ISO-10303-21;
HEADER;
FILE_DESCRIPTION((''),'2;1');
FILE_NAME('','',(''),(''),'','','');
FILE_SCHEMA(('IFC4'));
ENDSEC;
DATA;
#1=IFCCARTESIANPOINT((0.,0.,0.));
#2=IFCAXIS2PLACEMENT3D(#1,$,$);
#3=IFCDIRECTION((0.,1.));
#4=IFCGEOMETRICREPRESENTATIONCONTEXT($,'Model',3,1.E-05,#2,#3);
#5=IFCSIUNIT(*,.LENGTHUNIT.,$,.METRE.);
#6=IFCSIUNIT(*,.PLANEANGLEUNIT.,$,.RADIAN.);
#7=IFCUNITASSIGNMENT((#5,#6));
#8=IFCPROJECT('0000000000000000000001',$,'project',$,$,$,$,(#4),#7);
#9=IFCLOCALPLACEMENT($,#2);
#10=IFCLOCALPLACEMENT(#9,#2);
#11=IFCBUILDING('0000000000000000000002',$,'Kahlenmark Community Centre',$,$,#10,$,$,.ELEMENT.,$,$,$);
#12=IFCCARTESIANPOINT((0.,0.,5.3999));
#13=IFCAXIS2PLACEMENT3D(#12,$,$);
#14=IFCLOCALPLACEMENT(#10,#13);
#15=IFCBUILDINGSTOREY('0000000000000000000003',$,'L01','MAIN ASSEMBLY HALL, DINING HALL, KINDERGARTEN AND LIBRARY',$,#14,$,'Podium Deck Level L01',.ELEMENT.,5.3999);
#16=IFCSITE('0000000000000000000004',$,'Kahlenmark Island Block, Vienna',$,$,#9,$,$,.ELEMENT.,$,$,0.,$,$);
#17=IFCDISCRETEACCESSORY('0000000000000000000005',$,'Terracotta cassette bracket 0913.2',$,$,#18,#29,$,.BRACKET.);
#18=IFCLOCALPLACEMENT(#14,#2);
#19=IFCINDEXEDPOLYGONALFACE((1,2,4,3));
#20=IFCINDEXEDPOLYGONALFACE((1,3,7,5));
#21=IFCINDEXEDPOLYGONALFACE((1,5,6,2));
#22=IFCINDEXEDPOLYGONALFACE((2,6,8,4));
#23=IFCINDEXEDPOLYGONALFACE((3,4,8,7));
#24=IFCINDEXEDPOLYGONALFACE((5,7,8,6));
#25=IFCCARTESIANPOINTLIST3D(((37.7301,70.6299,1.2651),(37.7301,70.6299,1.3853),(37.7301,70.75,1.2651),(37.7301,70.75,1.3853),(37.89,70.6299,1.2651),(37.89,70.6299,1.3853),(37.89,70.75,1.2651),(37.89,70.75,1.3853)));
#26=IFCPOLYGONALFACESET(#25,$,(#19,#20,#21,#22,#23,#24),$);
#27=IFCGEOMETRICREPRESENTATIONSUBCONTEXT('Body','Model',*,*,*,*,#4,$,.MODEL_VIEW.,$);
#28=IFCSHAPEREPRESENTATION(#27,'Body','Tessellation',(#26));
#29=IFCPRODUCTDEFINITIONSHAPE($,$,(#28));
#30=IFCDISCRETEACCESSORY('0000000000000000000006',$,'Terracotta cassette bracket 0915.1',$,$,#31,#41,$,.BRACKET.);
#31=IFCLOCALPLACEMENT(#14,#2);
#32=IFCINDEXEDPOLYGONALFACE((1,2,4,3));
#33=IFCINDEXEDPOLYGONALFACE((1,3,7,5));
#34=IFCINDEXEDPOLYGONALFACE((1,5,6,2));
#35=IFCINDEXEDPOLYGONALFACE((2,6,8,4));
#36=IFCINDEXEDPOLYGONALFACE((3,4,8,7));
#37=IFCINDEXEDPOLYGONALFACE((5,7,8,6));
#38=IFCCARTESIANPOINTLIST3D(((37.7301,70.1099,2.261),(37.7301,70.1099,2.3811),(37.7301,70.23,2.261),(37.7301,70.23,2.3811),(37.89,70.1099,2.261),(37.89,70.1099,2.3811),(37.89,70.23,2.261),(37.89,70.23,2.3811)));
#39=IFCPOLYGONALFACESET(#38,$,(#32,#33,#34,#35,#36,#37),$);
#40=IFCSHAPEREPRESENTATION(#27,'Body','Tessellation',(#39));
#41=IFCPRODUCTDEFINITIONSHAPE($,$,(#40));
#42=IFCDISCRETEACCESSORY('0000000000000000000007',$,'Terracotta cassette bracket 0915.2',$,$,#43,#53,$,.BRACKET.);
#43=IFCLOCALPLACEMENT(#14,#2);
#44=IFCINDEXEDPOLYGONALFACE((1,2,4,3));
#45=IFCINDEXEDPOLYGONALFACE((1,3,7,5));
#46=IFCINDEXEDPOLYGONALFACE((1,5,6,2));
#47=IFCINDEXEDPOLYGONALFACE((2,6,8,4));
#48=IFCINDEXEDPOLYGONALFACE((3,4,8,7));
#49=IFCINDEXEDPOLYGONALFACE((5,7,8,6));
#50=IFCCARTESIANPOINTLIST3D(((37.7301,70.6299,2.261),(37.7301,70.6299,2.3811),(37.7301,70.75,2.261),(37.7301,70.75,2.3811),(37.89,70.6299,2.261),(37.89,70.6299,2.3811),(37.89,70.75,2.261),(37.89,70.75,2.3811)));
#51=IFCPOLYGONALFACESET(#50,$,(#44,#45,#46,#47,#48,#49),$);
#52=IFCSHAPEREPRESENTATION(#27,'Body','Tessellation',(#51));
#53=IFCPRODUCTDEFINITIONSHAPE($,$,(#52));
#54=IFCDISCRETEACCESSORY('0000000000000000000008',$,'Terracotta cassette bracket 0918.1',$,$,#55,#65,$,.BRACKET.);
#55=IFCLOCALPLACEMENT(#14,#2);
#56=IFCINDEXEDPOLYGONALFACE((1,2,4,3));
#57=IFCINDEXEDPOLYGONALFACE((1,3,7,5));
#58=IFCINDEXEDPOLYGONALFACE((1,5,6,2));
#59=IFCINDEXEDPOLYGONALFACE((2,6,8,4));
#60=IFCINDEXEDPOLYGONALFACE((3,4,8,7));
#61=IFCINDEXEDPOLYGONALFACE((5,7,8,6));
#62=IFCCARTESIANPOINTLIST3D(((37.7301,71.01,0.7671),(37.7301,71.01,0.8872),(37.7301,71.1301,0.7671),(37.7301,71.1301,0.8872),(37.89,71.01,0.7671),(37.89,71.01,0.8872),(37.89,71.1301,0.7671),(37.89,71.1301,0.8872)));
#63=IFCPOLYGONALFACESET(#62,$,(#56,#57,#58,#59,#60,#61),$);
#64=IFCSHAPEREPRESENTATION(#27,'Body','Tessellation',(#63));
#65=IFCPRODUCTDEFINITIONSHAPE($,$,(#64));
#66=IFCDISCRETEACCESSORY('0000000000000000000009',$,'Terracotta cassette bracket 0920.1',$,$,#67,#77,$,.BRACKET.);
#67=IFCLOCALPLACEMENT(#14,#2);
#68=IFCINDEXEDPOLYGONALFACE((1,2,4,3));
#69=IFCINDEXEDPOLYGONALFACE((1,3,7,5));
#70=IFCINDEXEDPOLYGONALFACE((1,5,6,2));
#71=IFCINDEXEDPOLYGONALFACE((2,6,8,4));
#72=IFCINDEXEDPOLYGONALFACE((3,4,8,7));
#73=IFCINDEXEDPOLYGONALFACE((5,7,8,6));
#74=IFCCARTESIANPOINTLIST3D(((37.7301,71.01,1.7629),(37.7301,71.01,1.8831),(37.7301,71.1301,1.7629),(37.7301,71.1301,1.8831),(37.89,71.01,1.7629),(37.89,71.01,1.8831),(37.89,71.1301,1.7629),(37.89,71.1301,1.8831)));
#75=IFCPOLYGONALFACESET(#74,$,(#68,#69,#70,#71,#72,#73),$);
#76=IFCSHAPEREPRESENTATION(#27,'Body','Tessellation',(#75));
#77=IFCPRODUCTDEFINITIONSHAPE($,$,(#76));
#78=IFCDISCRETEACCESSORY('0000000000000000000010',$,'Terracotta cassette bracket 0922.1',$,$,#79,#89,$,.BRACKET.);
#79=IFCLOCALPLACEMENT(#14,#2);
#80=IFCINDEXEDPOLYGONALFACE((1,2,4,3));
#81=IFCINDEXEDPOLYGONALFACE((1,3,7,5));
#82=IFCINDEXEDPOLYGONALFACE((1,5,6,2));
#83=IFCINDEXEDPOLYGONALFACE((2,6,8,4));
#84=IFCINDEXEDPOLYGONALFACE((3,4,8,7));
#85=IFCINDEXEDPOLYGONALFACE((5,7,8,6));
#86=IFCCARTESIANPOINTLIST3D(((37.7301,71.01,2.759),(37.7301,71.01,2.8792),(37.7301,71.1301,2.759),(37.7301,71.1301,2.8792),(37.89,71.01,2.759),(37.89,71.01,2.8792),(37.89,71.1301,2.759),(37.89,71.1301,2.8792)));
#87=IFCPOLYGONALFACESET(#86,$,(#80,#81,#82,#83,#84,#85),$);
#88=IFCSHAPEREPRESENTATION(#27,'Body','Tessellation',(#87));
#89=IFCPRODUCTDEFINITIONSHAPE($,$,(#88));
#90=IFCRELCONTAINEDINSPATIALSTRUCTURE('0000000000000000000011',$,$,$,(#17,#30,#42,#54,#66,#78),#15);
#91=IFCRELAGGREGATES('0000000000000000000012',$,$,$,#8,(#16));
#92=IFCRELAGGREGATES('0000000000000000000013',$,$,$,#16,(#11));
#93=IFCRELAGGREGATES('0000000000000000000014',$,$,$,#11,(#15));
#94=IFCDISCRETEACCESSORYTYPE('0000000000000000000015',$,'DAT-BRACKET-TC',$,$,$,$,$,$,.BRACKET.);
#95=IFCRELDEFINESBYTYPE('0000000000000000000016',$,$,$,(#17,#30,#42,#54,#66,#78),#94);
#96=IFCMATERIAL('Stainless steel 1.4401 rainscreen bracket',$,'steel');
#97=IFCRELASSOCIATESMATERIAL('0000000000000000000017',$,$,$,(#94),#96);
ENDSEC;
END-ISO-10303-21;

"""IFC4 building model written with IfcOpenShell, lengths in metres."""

from ifc_helpers import new_model, si_unit, direction, frame, origin, origin_2d, place, context, subcontext, project, spatial, rectangle, extrude, material, type_object, element, save


model = new_model("IFC4")

# Units and contexts
model_context = context("Model", 3, precision=1e-05, world=origin(), true_north=direction((0.0, 1.0)))
body_context = subcontext(model_context, "Body", "Model", "MODEL_VIEW")
ifc_project = project(units=[si_unit("LENGTHUNIT", "METRE"), si_unit("PLANEANGLEUNIT", "RADIAN")], contexts=[model_context])

# Site, building, storey
site_placement = place(None, origin())
site = spatial("IfcSite", under=ifc_project, at=site_placement, Name="Kahlenmark Island Block, Vienna", CompositionType="ELEMENT", RefElevation=0.0)
building_placement = place(site_placement, origin())
building = spatial("IfcBuilding", under=site, at=building_placement, Name="Kahlenmark Community Centre", CompositionType="ELEMENT")
storey_placement = place(building_placement, frame((0.0, 0.0, 5.3999)))
storey = spatial("IfcBuildingStorey", under=building, at=storey_placement, Name="L01", Description="MAIN ASSEMBLY HALL, DINING HALL, KINDERGARTEN AND LIBRARY", LongName="Podium Deck Level L01", CompositionType="ELEMENT", Elevation=5.3999)

# Discrete accessories
ifc_material_1 = material(Name="Stainless steel 1.4401 rainscreen bracket", Category="steel")
discrete_accessory_type = type_object("IfcDiscreteAccessoryType", Name="DAT-BRACKET-TC", PredefinedType="BRACKET", material=ifc_material_1)
for number, where, z_axis, x_axis, name in (
    (1, (37.8101, 70.6899, 1.2651), (0.0, 0.0, 1.0), (0.0, 1.0, 0.0), "Terracotta cassette bracket 0913.2"),
    (2, (37.8101, 70.1699, 2.261), (0.0, 0.0, 1.0), (0.0, 1.0, 0.0), "Terracotta cassette bracket 0915.1"),
    (3, (37.8101, 70.6899, 2.261), (0.0, 0.0, 1.0), (0.0, 1.0, 0.0), "Terracotta cassette bracket 0915.2"),
    (4, (37.8101, 71.0701, 0.7671), (0.0, 0.0, 1.0), (0.0, 1.0, 0.0), "Terracotta cassette bracket 0918.1"),
    (5, (37.8101, 71.0701, 1.7629), (0.0, 0.0, 1.0), (0.0, 1.0, 0.0), "Terracotta cassette bracket 0920.1"),
    (6, (37.8101, 71.0701, 2.759), (0.0, 0.0, 1.0), (0.0, 1.0, 0.0), "Terracotta cassette bracket 0922.1"),
):
    element("IfcDiscreteAccessory", number, at=place(storey_placement, frame(where, z_axis=z_axis, x_axis=x_axis)), inside=storey, type_object=discrete_accessory_type, Name=name, PredefinedType="BRACKET", context=body_context, shape_type="SweptSolid", body=[
        extrude(rectangle(XDim=0.1201, YDim=0.1599, at=origin_2d()), origin(), (0.0, 0.0, 1.0), 0.1201),
    ])

save(model, "model.ifc")
